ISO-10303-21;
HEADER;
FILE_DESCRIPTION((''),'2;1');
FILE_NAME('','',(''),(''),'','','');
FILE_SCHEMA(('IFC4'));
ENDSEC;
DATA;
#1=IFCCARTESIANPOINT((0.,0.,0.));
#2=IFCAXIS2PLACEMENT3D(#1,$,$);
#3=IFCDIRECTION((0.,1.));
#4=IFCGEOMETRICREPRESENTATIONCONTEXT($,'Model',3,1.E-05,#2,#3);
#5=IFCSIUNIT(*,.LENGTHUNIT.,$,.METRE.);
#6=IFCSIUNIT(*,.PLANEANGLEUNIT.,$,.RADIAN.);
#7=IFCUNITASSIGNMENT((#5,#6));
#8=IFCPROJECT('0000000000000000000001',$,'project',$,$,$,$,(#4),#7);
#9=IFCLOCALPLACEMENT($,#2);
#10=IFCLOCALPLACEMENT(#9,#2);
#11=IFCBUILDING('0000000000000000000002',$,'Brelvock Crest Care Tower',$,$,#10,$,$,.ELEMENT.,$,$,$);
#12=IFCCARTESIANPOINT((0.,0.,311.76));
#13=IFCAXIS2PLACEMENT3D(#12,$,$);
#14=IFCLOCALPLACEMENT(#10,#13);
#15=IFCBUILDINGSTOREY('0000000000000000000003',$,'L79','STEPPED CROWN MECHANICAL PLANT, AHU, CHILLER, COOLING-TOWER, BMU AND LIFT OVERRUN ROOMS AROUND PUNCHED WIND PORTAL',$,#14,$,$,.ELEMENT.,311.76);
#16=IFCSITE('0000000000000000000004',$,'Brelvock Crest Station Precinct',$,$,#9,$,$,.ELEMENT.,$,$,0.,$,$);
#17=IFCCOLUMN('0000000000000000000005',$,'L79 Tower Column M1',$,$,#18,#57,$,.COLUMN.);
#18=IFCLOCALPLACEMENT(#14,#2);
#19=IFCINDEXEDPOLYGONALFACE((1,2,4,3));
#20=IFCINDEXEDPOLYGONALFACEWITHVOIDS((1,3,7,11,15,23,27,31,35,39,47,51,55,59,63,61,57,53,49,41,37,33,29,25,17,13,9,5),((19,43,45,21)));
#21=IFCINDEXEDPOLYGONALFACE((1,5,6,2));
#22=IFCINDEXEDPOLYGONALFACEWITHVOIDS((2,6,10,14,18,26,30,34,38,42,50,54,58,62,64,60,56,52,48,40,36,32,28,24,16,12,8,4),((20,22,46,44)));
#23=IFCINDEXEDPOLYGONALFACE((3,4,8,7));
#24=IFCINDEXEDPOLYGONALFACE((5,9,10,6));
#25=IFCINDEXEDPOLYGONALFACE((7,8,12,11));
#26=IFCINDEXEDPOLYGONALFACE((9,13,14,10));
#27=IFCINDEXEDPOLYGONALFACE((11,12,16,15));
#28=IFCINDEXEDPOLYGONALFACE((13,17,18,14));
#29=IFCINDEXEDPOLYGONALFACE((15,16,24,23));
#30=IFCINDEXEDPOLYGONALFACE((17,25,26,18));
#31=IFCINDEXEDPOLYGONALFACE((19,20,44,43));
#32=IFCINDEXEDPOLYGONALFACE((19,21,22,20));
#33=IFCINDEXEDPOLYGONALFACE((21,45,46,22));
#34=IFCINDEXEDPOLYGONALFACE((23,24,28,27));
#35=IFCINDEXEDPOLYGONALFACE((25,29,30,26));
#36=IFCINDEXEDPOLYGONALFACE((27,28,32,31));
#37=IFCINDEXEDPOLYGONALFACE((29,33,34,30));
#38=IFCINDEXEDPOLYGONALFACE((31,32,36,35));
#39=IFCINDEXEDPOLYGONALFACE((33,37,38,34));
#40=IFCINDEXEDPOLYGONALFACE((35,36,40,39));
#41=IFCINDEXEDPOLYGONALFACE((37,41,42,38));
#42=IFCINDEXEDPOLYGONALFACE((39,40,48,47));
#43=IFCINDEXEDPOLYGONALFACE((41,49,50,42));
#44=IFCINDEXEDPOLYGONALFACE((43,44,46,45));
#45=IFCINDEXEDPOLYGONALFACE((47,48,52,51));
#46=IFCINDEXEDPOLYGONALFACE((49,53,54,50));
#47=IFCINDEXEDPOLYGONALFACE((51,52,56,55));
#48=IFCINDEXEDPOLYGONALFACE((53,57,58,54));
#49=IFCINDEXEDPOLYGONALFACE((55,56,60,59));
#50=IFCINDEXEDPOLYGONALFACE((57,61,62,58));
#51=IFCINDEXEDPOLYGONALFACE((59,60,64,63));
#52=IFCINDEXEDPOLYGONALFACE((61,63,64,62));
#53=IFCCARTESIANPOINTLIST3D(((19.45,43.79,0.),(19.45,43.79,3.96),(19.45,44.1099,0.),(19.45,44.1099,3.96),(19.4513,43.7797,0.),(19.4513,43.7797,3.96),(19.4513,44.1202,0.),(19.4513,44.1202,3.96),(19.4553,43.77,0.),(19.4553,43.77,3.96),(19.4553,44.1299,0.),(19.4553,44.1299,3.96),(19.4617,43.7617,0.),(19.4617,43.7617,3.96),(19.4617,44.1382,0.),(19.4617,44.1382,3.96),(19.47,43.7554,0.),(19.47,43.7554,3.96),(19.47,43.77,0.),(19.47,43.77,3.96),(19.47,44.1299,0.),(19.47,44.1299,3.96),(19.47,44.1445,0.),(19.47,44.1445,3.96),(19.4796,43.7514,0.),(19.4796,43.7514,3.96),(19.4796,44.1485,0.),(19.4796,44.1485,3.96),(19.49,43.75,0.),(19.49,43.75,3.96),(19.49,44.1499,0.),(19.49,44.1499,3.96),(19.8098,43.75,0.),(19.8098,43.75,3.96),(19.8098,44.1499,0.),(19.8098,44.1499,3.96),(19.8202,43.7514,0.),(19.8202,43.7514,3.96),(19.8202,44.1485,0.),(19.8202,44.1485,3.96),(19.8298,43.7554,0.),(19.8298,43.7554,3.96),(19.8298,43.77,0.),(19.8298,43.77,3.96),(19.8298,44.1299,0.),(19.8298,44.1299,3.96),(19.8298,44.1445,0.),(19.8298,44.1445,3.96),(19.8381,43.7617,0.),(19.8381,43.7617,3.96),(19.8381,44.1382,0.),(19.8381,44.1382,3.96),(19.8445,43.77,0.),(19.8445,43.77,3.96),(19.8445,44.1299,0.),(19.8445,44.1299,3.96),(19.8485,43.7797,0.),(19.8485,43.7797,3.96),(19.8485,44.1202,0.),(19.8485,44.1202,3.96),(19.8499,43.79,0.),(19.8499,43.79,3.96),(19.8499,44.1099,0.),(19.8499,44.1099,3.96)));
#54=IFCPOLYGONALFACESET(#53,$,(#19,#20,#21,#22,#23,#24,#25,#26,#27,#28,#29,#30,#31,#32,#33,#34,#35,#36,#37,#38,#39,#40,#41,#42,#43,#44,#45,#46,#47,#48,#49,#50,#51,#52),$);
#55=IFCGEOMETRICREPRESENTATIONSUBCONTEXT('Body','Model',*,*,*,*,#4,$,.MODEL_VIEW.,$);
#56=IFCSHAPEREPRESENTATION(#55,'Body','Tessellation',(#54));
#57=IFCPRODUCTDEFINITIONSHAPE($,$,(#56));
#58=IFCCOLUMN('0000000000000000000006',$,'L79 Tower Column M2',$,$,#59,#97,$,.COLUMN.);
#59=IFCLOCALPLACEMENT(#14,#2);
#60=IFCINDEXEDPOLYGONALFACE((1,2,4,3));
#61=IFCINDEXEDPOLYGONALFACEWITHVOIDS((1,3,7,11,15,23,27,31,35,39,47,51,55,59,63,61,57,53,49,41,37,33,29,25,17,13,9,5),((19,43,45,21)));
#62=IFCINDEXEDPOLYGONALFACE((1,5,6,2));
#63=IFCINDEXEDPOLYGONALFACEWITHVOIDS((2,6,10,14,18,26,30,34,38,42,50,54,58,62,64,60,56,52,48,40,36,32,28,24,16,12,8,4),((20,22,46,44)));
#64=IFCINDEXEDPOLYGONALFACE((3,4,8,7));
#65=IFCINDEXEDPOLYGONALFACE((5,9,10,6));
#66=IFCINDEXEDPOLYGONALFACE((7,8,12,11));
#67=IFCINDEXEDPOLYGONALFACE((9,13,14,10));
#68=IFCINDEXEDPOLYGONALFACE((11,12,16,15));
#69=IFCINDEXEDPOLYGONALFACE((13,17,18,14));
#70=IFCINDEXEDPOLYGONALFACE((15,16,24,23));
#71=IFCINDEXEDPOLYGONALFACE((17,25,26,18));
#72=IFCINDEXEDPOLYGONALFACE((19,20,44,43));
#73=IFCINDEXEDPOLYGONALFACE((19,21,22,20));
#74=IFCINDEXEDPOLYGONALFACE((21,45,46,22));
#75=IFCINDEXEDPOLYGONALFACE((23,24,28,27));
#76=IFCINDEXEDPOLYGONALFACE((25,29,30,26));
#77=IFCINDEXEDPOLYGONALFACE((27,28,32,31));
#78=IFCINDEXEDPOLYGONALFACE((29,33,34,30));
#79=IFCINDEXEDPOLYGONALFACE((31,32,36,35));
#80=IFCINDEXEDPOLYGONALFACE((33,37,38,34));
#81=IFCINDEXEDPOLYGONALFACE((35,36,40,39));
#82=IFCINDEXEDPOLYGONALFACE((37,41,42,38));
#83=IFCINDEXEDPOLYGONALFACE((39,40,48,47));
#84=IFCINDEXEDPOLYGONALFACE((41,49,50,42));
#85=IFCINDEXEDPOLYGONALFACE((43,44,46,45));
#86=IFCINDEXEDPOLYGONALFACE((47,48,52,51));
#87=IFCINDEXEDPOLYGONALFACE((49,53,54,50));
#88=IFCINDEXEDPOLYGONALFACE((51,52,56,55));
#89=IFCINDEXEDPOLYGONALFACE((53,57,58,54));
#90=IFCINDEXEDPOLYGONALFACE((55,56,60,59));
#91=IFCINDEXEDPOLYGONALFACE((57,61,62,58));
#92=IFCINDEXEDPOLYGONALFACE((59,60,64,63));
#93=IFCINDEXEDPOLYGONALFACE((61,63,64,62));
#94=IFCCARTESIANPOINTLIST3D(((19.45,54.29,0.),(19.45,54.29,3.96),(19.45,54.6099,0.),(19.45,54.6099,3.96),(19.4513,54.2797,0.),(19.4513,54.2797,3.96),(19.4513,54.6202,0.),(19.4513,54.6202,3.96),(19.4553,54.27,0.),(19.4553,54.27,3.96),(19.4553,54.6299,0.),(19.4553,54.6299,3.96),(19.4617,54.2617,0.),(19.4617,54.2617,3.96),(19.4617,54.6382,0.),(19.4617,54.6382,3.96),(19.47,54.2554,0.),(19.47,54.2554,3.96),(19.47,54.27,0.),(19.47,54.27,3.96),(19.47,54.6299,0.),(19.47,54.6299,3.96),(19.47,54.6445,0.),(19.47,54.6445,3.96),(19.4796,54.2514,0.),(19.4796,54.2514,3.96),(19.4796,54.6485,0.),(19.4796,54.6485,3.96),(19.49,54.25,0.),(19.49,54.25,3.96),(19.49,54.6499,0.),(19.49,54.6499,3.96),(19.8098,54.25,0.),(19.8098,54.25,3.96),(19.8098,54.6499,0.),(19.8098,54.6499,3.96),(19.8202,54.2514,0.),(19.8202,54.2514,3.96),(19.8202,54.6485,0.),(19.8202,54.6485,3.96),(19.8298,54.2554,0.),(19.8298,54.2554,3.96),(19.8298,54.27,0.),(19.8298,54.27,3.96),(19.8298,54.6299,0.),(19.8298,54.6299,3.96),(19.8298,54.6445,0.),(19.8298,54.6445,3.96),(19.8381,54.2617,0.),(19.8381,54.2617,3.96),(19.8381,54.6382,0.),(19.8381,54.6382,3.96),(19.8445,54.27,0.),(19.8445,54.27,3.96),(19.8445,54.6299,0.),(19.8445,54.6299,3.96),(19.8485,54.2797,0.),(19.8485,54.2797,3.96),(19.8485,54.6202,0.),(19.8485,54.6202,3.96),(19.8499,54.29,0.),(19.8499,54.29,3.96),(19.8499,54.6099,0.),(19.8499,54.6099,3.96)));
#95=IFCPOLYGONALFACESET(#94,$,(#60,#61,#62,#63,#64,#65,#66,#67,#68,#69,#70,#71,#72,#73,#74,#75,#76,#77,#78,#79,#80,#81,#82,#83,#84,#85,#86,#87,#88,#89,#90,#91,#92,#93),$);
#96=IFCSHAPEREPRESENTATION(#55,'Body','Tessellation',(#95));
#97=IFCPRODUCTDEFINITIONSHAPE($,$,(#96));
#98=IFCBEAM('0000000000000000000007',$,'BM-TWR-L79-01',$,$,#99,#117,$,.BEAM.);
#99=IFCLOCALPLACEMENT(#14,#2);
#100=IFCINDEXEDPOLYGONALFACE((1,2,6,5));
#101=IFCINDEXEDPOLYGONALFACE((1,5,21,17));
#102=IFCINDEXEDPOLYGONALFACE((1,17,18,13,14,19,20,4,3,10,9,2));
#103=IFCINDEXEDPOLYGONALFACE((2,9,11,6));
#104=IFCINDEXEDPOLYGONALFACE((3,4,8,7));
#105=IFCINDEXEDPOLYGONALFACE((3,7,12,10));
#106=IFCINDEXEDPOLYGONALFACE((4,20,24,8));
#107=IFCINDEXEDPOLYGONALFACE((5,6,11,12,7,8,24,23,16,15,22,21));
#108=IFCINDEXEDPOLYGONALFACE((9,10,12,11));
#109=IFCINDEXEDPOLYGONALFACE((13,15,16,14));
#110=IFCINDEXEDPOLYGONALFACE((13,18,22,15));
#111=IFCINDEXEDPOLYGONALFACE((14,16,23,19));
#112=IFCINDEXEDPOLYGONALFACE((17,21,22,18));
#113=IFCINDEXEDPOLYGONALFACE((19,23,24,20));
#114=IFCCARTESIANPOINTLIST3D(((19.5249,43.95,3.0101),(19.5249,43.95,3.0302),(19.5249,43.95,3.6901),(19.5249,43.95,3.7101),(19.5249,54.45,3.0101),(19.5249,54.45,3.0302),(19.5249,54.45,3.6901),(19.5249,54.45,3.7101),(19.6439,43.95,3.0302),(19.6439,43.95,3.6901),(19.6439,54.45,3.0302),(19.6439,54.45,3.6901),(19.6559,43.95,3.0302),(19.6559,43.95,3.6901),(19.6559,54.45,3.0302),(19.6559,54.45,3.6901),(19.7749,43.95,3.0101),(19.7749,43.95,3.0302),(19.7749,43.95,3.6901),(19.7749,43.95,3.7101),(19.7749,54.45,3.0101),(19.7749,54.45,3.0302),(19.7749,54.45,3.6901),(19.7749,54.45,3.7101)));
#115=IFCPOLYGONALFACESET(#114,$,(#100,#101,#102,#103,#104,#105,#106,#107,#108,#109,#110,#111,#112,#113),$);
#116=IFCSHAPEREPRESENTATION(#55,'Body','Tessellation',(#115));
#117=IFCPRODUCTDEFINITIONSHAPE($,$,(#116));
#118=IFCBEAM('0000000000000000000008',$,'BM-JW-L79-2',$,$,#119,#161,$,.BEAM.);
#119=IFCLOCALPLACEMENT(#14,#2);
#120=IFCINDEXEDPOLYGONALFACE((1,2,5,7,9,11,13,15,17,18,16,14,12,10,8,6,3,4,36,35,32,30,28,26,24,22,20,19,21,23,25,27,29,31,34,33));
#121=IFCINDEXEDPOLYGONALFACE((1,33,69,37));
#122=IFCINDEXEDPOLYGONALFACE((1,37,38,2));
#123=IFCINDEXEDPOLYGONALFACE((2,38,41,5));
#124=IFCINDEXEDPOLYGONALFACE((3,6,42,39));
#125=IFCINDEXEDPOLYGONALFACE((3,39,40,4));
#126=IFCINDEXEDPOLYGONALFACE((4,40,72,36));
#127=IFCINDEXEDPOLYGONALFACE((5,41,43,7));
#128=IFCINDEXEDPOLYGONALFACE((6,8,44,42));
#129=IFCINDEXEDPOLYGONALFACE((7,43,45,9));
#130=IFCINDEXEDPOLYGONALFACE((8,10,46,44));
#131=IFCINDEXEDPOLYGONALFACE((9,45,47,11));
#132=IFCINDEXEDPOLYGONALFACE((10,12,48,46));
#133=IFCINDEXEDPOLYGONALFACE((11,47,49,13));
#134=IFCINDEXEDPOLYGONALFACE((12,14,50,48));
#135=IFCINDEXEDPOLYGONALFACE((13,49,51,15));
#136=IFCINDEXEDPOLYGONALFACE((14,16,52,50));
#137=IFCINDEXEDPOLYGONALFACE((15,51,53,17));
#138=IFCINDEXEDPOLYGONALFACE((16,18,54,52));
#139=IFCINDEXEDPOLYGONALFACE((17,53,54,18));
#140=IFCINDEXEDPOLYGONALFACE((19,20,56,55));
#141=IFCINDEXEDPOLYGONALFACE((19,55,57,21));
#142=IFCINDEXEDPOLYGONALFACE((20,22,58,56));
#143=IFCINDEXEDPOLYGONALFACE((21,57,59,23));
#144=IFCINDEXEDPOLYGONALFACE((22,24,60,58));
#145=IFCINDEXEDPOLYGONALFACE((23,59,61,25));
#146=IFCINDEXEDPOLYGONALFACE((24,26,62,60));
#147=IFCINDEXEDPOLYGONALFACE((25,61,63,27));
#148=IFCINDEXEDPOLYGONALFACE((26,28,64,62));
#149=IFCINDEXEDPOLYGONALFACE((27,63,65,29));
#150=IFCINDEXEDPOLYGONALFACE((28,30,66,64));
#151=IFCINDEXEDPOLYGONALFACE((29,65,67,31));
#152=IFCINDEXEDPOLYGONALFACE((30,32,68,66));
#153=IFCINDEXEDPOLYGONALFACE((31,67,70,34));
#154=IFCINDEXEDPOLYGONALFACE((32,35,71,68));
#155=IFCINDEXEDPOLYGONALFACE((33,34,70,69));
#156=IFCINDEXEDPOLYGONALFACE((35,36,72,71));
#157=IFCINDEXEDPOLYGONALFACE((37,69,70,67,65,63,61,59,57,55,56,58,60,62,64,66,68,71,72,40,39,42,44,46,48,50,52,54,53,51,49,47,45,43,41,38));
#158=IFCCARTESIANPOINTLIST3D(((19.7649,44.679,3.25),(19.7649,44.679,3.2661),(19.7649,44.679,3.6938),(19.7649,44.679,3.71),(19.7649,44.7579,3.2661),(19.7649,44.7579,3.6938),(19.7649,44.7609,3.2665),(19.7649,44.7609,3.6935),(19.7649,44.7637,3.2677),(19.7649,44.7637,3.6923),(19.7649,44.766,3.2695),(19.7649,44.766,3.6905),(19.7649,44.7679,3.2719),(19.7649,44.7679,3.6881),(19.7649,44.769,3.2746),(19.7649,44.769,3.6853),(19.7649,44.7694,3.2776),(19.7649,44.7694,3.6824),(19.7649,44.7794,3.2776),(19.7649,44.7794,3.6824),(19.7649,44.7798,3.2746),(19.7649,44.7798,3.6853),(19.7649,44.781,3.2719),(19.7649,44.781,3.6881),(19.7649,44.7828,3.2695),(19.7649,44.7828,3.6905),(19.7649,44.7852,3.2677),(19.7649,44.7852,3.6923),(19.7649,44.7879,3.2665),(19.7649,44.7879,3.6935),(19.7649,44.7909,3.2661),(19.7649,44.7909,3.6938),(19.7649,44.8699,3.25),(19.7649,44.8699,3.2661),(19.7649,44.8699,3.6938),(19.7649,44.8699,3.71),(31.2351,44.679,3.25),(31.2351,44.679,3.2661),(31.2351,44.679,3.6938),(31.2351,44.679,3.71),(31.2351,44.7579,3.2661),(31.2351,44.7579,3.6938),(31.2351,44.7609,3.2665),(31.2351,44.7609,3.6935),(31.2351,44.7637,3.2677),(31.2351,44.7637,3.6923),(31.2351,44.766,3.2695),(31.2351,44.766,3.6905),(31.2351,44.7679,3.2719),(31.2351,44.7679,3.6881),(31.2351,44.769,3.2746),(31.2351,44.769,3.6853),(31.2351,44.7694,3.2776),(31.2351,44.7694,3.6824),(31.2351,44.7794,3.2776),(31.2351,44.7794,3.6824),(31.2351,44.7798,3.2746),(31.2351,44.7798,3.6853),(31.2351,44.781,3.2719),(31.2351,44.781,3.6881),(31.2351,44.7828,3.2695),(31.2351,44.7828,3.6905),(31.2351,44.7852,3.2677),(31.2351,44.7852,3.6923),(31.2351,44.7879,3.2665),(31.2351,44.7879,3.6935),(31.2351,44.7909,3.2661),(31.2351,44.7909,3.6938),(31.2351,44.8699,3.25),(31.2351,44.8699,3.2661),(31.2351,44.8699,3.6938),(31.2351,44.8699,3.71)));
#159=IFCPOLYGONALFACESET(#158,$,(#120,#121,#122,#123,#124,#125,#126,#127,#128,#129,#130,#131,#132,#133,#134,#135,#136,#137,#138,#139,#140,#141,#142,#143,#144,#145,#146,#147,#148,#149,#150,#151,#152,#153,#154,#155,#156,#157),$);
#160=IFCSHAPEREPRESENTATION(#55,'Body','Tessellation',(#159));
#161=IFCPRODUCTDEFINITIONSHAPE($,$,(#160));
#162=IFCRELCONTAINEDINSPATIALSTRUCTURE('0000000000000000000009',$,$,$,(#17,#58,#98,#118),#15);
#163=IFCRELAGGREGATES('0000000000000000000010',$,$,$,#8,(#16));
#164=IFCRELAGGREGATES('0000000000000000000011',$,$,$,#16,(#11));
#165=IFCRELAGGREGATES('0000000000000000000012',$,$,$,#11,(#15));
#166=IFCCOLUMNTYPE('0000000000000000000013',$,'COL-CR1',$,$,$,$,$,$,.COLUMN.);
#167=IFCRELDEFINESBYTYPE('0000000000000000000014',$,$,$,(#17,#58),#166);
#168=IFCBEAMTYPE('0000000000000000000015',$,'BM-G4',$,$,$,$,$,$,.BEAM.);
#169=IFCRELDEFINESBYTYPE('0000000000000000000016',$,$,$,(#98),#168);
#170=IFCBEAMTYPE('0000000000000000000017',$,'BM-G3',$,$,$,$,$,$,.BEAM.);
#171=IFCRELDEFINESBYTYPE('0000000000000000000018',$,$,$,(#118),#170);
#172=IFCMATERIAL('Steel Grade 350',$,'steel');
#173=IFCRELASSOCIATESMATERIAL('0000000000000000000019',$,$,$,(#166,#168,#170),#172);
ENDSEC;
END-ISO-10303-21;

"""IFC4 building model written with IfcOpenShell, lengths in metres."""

from ifc_helpers import new_model, si_unit, direction, frame, origin, origin_2d, place, context, subcontext, project, spatial, hollow_rectangle, i_section, extrude, source, transform, mapped, material, material_profile, profile_set, type_object, element, save


model = new_model("IFC4")

# Units and contexts
model_context = context("Model", 3, precision=1e-05, world=origin(), true_north=direction((0.0, 1.0)))
body_context = subcontext(model_context, "Body", "Model", "MODEL_VIEW")
ifc_project = project(units=[si_unit("LENGTHUNIT", "METRE"), si_unit("PLANEANGLEUNIT", "RADIAN")], contexts=[model_context])

# Site, building, storey
site_placement = place(None, origin())
site = spatial("IfcSite", under=ifc_project, at=site_placement, Name="Brelvock Crest Station Precinct", CompositionType="ELEMENT", RefElevation=0.0)
building_placement = place(site_placement, origin())
building = spatial("IfcBuilding", under=site, at=building_placement, Name="Brelvock Crest Care Tower", CompositionType="ELEMENT")
storey_placement = place(building_placement, frame((0.0, 0.0, 311.76)))
storey = spatial("IfcBuildingStorey", under=building, at=storey_placement, Name="L79", Description="STEPPED CROWN MECHANICAL PLANT, AHU, CHILLER, COOLING-TOWER, BMU AND LIFT OVERRUN ROOMS AROUND PUNCHED WIND PORTAL", CompositionType="ELEMENT", Elevation=311.76)

# Columns
ifc_material_1 = material(Name="Steel Grade 350", Category="steel")
ifc_material_profile_1 = material_profile(ifc_material_1, hollow_rectangle(XDim=0.3999, YDim=0.3999, WallThickness=0.02, OuterFilletRadius=0.04, at=origin_2d()), Name="SHS400x400x20.0")
ifc_profile_set_1 = profile_set([ifc_material_profile_1], Name="Steel Grade 350")
column_type = type_object("IfcColumnType", Name="COL-CR1", PredefinedType="COLUMN", material=ifc_profile_set_1)
shared_shape_1 = source(origin(), body_context, "Body", "SweptSolid", [
    extrude(hollow_rectangle(XDim=0.3999, YDim=0.3999, WallThickness=0.02, OuterFilletRadius=0.04, at=origin_2d()), origin(), (0.0, 0.0, 1.0), 3.96),
])
for number, where, z_axis, x_axis, name in (
    (1, (19.6499, 43.95, 0.0), (0.0, 0.0, 1.0), (1.0, 0.0, 0.0), "L79 Tower Column M1"),
    (2, (19.6499, 54.45, 0.0), (0.0, 0.0, 1.0), (1.0, 0.0, 0.0), "L79 Tower Column M2"),
):
    element("IfcColumn", number, at=place(storey_placement, frame(where, z_axis=z_axis, x_axis=x_axis)), inside=storey, type_object=column_type, Name=name, PredefinedType="COLUMN", context=body_context, shape_type="MappedRepresentation", body=[
        mapped(shared_shape_1, transform((0.0, 0.0, 0.0), x_axis=(1.0, 0.0, 0.0), y_axis=(0.0, 1.0, 0.0), z_axis=(0.0, 0.0, 1.0), scale=1.0)),
    ])

# Beams
ifc_material_profile_2 = material_profile(ifc_material_1, i_section(OverallWidth=0.25, OverallDepth=0.7, WebThickness=0.012, FlangeThickness=0.02, at=origin_2d()), Name="700WB150")
ifc_profile_set_2 = profile_set([ifc_material_profile_2], Name="Steel Grade 350")
beam_type_1 = type_object("IfcBeamType", Name="BM-G4", PredefinedType="BEAM", material=ifc_profile_set_2)
shared_shape_2 = source(origin(), body_context, "Body", "SweptSolid", [
    extrude(i_section(OverallWidth=0.25, OverallDepth=0.7, WebThickness=0.012, FlangeThickness=0.02, at=origin_2d()), origin(), (0.0, 0.0, 1.0), 10.5),
])
beam_placement = place(storey_placement, frame((19.6499, 43.95, 3.3601), z_axis=(0.0, 1.0, 0.0), x_axis=(-1.0, 0.0, 0.0)))
element("IfcBeam", 3, at=beam_placement, inside=storey, type_object=beam_type_1, Name="BM-TWR-L79-01", PredefinedType="BEAM", context=body_context, shape_type="MappedRepresentation", body=[
    mapped(shared_shape_2, transform((0.0, 0.0, 0.0), x_axis=(1.0, 0.0, 0.0), y_axis=(0.0, 1.0, 0.0), z_axis=(0.0, 0.0, 1.0), scale=1.0)),
])
ifc_material_profile_3 = material_profile(ifc_material_1, i_section(OverallWidth=0.1909, OverallDepth=0.46, WebThickness=0.01, FlangeThickness=0.0161, FilletRadius=0.0115, at=origin_2d()), Name="460UB82.1")
ifc_profile_set_3 = profile_set([ifc_material_profile_3], Name="Steel Grade 350")
beam_type_2 = type_object("IfcBeamType", Name="BM-G3", PredefinedType="BEAM", material=ifc_profile_set_3)
shared_shape_3 = source(origin(), body_context, "Body", "SweptSolid", [
    extrude(i_section(OverallWidth=0.1909, OverallDepth=0.46, WebThickness=0.01, FlangeThickness=0.0161, FilletRadius=0.0115, at=origin_2d()), origin(), (0.0, 0.0, 1.0), 11.4702),
])
for number, where, z_axis, x_axis, name in (
    (4, (19.7649, 44.7744, 3.48), (1.0, 0.0, 0.0), (0.0, 1.0, 0.0), "BM-JW-L79-2"),
):
    element("IfcBeam", number, at=place(storey_placement, frame(where, z_axis=z_axis, x_axis=x_axis)), inside=storey, type_object=beam_type_2, Name=name, PredefinedType="BEAM", context=body_context, shape_type="MappedRepresentation", body=[
        mapped(shared_shape_3, transform((0.0, 0.0, 0.0), x_axis=(1.0, 0.0, 0.0), y_axis=(0.0, 1.0, 0.0), z_axis=(0.0, 0.0, 1.0), scale=1.0)),
    ])

save(model, "model.ifc")
